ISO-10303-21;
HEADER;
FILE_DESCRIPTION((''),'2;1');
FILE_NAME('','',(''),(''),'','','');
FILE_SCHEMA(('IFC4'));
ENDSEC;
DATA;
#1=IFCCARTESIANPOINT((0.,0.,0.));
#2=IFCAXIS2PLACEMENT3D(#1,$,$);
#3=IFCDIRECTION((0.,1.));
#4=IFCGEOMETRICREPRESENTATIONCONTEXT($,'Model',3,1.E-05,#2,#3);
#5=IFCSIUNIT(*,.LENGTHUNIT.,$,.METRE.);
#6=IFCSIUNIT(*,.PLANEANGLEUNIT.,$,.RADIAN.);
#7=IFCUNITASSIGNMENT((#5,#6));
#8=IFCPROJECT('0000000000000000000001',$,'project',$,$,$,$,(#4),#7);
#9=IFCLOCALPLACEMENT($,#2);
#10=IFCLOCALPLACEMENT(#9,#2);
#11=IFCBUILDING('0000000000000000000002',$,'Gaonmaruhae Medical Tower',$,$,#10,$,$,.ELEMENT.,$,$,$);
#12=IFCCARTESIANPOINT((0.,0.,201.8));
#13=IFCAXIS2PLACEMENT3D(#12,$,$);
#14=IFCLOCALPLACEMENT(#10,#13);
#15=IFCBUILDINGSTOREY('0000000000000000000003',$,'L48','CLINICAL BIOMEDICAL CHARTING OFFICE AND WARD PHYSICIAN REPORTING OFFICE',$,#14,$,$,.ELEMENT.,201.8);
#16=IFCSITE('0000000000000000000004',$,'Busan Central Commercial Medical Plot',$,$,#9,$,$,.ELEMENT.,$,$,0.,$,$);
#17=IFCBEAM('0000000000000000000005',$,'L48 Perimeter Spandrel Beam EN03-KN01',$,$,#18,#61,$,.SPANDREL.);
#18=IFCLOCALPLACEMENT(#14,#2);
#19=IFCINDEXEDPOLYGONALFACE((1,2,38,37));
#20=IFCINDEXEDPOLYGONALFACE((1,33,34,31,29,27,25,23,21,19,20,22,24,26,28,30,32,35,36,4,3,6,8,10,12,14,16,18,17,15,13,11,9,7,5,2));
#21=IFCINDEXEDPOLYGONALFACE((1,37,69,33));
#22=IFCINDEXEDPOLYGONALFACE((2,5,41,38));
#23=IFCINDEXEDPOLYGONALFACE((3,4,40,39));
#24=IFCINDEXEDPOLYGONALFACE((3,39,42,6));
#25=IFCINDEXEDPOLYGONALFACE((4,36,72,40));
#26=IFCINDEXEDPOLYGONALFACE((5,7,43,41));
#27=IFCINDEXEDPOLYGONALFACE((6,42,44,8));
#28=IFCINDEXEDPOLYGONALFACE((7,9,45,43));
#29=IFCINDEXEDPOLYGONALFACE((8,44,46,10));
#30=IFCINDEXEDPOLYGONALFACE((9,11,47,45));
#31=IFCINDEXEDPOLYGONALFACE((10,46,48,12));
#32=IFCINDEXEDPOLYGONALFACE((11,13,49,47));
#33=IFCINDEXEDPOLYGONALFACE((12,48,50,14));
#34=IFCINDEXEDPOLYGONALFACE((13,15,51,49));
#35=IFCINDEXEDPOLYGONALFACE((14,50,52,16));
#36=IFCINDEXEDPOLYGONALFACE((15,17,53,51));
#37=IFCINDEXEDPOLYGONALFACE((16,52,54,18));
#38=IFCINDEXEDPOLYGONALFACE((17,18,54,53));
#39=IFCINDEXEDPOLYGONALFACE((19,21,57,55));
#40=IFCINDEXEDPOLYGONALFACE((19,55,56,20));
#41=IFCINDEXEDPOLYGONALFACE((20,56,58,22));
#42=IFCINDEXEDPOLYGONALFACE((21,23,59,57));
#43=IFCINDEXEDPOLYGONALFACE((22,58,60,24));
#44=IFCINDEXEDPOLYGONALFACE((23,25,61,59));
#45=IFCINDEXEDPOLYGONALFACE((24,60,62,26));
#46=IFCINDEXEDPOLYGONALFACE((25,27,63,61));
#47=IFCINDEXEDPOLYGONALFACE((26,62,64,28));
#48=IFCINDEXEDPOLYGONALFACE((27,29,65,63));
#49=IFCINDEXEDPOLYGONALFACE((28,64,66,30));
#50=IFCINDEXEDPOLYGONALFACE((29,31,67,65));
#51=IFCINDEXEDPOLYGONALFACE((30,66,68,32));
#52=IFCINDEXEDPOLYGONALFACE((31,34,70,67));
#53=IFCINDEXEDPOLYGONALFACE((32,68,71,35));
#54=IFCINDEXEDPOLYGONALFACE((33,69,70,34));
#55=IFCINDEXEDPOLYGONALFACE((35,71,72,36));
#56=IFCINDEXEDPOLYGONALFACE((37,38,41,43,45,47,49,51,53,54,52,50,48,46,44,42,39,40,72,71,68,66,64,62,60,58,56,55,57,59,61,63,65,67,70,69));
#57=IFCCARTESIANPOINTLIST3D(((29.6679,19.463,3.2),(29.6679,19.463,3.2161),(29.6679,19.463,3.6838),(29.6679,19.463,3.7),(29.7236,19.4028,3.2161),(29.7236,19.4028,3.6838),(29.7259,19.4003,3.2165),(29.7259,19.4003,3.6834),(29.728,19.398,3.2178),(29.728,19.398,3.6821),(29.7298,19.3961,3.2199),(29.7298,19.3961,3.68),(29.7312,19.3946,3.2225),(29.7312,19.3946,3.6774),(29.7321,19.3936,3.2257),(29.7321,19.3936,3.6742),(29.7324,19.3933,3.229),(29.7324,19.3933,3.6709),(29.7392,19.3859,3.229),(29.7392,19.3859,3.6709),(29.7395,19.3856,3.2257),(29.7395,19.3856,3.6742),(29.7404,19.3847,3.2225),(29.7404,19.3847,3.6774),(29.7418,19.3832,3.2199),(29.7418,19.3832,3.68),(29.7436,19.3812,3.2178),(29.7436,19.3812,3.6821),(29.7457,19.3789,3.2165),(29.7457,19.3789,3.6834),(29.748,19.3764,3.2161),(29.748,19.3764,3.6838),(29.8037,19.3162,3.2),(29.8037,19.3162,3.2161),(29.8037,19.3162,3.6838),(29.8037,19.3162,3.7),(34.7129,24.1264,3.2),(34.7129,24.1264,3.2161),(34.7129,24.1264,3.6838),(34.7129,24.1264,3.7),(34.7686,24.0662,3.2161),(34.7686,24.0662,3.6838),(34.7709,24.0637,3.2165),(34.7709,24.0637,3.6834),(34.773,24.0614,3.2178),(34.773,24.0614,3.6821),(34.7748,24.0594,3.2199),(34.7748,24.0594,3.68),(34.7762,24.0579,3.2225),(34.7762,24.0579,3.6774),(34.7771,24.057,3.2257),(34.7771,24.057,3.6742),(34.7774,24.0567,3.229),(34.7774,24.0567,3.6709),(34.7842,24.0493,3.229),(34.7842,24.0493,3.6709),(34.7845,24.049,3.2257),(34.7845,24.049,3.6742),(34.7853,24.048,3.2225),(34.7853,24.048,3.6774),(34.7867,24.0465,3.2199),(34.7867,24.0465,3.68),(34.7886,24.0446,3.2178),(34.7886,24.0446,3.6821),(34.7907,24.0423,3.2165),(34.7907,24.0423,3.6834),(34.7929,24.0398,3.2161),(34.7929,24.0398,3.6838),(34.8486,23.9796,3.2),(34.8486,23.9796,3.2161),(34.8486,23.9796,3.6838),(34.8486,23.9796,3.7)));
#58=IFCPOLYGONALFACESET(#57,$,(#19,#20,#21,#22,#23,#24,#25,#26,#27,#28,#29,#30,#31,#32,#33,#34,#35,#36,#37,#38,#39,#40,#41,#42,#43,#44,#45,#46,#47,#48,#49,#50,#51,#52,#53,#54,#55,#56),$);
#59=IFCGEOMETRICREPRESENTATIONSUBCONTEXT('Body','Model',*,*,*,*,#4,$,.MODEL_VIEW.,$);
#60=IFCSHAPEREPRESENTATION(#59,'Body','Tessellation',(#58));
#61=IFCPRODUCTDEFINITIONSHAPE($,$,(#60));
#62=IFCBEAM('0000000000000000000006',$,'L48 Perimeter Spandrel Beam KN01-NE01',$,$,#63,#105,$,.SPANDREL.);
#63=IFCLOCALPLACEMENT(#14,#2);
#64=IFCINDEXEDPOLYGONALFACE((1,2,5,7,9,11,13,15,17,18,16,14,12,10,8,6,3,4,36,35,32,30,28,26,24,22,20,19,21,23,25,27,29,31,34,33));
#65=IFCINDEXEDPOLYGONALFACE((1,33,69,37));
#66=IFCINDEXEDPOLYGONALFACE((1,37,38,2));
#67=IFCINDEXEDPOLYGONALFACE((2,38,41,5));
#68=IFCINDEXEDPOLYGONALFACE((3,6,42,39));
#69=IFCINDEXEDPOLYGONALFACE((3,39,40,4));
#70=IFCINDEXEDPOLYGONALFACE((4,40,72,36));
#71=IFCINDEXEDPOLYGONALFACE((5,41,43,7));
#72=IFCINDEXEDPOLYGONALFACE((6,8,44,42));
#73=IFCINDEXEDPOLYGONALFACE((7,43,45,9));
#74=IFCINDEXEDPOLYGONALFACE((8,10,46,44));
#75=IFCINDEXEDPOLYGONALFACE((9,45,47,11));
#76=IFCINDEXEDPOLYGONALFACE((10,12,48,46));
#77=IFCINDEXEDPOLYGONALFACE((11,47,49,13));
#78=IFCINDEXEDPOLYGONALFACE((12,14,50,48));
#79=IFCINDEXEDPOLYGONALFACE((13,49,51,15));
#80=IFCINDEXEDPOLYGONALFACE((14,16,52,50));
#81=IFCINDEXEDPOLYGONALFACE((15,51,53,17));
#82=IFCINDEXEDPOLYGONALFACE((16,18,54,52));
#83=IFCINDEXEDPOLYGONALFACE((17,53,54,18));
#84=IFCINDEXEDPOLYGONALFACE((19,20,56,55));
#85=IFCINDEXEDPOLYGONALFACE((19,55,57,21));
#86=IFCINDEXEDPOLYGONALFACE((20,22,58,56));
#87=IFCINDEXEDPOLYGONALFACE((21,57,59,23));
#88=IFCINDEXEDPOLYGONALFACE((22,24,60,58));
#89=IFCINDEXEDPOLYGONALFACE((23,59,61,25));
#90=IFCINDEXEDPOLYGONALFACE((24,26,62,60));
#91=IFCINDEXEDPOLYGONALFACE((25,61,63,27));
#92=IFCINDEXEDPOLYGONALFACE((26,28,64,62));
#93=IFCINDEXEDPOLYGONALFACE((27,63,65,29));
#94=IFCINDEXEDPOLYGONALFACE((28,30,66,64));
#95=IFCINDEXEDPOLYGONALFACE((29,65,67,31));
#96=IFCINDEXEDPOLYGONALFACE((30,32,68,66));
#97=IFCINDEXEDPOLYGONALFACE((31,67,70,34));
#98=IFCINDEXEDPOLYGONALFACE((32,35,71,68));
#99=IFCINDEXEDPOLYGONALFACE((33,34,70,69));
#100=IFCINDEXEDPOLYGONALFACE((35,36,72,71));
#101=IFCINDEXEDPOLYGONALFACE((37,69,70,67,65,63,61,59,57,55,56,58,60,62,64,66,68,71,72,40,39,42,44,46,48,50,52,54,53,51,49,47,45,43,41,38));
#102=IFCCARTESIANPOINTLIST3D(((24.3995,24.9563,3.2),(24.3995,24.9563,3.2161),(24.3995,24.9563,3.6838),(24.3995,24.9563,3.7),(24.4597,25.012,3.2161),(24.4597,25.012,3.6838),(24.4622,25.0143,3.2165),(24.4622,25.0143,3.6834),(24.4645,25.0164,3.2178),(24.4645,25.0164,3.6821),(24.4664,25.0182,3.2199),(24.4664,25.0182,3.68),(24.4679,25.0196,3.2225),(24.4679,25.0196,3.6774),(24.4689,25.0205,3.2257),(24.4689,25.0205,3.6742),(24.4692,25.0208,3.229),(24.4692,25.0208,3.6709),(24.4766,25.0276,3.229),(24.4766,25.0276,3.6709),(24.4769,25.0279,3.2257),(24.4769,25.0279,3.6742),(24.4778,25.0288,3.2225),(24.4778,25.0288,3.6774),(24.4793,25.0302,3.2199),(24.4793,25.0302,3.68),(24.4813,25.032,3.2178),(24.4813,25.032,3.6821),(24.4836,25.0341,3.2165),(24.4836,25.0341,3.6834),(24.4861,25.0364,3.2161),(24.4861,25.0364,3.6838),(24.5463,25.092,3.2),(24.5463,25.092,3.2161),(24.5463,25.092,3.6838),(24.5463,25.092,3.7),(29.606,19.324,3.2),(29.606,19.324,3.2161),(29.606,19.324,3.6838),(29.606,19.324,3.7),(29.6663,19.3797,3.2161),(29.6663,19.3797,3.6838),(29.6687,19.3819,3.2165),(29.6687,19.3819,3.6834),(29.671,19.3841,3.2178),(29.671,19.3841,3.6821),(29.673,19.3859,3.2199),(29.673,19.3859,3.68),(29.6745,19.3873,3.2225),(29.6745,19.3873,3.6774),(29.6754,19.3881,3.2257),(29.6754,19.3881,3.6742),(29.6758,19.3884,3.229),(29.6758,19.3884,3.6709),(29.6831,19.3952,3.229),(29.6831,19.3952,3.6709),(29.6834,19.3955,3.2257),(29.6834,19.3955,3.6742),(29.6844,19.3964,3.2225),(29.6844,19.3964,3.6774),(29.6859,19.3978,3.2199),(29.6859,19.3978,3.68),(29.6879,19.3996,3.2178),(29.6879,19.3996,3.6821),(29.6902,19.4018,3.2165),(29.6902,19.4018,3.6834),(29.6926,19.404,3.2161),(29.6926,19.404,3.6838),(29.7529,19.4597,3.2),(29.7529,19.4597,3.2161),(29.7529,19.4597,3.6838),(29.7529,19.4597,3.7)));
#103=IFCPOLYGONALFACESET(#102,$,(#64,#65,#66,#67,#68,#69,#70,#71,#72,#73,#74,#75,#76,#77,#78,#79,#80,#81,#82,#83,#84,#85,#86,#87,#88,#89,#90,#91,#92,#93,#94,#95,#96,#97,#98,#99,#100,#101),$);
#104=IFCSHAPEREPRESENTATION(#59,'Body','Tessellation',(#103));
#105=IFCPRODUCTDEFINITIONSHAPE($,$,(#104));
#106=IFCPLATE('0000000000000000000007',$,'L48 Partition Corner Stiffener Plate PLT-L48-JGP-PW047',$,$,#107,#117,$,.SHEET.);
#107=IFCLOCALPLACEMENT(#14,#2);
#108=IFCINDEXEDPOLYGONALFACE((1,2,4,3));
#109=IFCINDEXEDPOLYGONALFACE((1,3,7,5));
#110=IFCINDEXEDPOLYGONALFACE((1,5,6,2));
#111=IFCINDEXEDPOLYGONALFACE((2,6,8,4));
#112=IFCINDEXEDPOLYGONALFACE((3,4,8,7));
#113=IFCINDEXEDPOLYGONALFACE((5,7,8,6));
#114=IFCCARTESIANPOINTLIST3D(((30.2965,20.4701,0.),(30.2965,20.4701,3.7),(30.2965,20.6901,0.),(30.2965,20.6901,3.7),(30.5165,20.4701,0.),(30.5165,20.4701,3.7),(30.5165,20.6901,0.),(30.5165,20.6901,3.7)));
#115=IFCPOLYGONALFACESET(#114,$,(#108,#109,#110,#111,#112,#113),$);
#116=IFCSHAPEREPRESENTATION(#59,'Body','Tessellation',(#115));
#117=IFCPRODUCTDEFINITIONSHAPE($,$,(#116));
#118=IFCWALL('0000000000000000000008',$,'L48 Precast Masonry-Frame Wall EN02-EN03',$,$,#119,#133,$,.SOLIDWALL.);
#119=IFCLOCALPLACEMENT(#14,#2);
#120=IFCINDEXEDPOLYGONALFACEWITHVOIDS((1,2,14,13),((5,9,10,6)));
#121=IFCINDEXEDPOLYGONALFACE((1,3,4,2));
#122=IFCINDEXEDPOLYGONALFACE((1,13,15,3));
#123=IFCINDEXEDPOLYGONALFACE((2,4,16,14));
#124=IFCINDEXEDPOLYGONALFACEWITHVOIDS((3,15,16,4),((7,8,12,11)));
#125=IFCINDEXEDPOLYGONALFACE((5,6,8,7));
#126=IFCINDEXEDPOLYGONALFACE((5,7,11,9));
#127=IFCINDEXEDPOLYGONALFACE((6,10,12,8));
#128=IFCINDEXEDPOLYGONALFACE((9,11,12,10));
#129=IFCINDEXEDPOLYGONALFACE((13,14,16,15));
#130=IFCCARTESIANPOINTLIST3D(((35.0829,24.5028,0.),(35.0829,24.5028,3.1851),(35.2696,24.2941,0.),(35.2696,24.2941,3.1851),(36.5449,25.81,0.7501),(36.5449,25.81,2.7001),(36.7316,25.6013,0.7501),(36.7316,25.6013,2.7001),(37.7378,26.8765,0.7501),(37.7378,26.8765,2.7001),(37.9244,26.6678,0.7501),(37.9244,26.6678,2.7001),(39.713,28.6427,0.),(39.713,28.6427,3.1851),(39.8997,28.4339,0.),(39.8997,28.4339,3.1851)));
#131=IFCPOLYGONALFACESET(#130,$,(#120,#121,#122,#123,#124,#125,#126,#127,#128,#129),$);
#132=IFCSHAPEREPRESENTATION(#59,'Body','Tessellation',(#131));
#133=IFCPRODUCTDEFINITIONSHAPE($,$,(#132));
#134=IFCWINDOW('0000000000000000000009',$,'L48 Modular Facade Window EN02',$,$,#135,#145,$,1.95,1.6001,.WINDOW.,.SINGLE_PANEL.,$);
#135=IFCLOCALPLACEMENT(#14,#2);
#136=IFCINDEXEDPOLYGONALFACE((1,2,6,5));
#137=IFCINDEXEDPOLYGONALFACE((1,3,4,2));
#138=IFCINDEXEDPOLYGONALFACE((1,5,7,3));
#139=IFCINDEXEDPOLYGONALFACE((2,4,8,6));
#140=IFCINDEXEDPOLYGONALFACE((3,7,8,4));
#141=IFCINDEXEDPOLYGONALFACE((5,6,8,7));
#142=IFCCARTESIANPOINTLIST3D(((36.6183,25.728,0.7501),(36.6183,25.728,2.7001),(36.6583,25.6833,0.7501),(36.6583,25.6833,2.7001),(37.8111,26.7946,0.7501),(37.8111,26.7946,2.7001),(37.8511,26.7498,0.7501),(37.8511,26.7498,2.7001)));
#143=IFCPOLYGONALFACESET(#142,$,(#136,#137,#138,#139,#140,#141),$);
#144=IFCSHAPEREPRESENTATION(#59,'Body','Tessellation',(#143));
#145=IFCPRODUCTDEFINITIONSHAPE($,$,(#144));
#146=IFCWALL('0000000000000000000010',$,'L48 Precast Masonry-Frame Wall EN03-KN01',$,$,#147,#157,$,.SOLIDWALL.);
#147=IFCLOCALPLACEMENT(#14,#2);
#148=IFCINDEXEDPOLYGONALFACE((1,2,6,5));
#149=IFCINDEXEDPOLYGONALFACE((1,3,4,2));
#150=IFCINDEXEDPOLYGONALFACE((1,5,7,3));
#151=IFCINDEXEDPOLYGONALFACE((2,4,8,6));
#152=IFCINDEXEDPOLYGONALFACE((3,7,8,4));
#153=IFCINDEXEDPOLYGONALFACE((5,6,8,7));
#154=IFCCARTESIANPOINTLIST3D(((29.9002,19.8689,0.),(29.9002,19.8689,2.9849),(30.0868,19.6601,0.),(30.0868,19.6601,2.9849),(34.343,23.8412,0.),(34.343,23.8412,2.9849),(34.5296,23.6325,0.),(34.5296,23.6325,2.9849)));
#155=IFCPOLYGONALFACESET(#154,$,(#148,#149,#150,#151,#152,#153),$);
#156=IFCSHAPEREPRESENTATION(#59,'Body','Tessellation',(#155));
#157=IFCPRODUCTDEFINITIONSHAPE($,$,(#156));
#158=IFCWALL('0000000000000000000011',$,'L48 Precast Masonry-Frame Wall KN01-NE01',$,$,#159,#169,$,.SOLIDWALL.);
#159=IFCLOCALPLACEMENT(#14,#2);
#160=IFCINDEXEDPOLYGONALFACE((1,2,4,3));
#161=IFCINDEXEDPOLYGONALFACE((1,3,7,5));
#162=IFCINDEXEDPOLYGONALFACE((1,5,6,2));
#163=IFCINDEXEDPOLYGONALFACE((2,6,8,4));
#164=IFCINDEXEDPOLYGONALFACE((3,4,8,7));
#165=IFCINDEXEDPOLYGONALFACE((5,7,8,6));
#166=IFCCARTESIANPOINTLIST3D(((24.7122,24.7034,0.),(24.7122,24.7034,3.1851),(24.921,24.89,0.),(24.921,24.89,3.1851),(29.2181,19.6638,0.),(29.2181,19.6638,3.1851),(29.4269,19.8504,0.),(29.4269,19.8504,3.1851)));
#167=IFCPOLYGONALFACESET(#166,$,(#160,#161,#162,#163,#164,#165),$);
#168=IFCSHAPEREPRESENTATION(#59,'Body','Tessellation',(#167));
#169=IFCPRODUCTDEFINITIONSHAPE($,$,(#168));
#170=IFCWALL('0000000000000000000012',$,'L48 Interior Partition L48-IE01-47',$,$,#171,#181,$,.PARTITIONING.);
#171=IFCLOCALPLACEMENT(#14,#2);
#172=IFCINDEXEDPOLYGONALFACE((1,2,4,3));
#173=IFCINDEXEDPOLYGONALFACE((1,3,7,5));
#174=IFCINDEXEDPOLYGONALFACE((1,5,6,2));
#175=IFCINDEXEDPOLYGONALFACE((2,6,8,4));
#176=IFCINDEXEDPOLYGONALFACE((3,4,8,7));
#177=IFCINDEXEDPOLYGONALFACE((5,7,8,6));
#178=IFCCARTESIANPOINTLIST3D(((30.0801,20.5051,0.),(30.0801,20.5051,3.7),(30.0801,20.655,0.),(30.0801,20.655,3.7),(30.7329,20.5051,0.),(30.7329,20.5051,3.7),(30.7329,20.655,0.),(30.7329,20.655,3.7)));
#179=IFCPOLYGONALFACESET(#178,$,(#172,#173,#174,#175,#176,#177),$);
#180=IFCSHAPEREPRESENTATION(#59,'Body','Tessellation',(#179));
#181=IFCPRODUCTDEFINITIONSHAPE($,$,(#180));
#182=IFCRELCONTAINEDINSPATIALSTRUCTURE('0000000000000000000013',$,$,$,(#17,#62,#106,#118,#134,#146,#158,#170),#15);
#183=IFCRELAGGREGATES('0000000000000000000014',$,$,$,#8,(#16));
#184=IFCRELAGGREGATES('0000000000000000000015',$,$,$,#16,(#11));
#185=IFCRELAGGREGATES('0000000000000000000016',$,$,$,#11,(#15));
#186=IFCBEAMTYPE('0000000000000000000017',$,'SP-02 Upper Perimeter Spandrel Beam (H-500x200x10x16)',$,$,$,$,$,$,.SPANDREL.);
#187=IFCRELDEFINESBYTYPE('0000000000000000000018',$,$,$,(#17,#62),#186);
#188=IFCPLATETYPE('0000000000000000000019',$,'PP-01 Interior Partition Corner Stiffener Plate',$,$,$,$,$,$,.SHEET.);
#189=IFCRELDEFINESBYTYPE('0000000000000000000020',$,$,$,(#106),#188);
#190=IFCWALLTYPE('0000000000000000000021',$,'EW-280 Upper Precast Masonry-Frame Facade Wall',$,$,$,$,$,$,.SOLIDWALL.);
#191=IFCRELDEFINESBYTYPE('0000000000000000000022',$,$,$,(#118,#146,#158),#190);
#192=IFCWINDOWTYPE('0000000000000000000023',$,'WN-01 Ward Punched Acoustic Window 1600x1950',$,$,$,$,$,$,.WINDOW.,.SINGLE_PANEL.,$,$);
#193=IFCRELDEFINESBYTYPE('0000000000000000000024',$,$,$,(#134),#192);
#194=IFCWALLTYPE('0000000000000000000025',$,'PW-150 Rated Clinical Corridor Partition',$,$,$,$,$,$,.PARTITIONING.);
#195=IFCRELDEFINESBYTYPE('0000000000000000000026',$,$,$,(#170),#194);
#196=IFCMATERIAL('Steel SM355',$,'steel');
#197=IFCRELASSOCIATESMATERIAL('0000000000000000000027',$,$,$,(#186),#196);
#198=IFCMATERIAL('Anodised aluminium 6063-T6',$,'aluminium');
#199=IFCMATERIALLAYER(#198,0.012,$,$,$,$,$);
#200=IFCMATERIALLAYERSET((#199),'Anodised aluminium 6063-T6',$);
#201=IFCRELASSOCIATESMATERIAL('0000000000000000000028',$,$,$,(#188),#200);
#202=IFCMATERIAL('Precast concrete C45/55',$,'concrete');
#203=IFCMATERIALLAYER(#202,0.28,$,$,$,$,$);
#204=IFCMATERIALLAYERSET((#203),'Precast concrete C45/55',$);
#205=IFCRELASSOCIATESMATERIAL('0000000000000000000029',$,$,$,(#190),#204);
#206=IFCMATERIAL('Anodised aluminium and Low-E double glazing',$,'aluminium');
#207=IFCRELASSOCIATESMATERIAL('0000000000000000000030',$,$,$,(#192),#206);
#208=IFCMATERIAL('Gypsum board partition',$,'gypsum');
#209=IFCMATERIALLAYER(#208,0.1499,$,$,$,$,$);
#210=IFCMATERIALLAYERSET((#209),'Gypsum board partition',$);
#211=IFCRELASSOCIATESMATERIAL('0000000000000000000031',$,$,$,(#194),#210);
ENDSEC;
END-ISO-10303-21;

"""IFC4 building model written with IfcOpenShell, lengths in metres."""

from ifc_helpers import new_model, si_unit, direction, frame, frame_2d, origin, origin_2d, place, context, subcontext, project, spatial, rectangle, i_section, extrude, material, layer, layer_set, material_profile, profile_set, type_object, element, fill, save


model = new_model("IFC4")

# Units and contexts
model_context = context("Model", 3, precision=1e-05, world=origin(), true_north=direction((0.0, 1.0)))
body_context = subcontext(model_context, "Body", "Model", "MODEL_VIEW")
ifc_project = project(units=[si_unit("LENGTHUNIT", "METRE"), si_unit("PLANEANGLEUNIT", "RADIAN")], contexts=[model_context])

# Site, building, storey
site_placement = place(None, origin())
site = spatial("IfcSite", under=ifc_project, at=site_placement, Name="Busan Central Commercial Medical Plot", CompositionType="ELEMENT", RefElevation=0.0)
building_placement = place(site_placement, origin())
building = spatial("IfcBuilding", under=site, at=building_placement, Name="Gaonmaruhae Medical Tower", CompositionType="ELEMENT")
storey_placement = place(building_placement, frame((0.0, 0.0, 201.8)))
storey = spatial("IfcBuildingStorey", under=building, at=storey_placement, Name="L48", Description="CLINICAL BIOMEDICAL CHARTING OFFICE AND WARD PHYSICIAN REPORTING OFFICE", CompositionType="ELEMENT", Elevation=201.8)

# Beams
ifc_material_1 = material(Name="Steel SM355", Category="steel")
ifc_material_profile_1 = material_profile(ifc_material_1, i_section(OverallWidth=0.2, OverallDepth=0.5, WebThickness=0.01, FlangeThickness=0.0161, FilletRadius=0.0129, at=origin_2d()), Name="H-500x200x10x16")
ifc_profile_set_1 = profile_set([ifc_material_profile_1], Name="Steel SM355")
beam_type_1 = type_object("IfcBeamType", Name="SP-02 Upper Perimeter Spandrel Beam (H-500x200x10x16)", PredefinedType="SPANDREL", material=ifc_profile_set_1)
beam_1_placement = place(storey_placement, frame((34.7808, 24.053, 3.45), z_axis=(-0.734333, -0.678789, 0.0), x_axis=(0.678789, -0.734333, 0.0)))
element("IfcBeam", 1, at=beam_1_placement, inside=storey, type_object=beam_type_1, Name="L48 Perimeter Spandrel Beam EN03-KN01", PredefinedType="SPANDREL", context=body_context, shape_type="SweptSolid", body=[
    extrude(i_section(OverallWidth=0.2, OverallDepth=0.5, WebThickness=0.01, FlangeThickness=0.0161, FilletRadius=0.0129, at=origin_2d()), origin(), (0.0, 0.0, 1.0), 6.8701),
])
beam_2_placement = place(storey_placement, frame((29.6794, 19.3918, 3.45), z_axis=(-0.678806, 0.734318, 0.0), x_axis=(-0.734318, -0.678806, 0.0)))
element("IfcBeam", 2, at=beam_2_placement, inside=storey, type_object=beam_type_1, Name="L48 Perimeter Spandrel Beam KN01-NE01", PredefinedType="SPANDREL", context=body_context, shape_type="SweptSolid", body=[
    extrude(i_section(OverallWidth=0.2, OverallDepth=0.5, WebThickness=0.01, FlangeThickness=0.0161, FilletRadius=0.0129, at=origin_2d()), origin(), (0.0, 0.0, 1.0), 7.6702),
])

# Plate
ifc_material_2 = material(Name="Anodised aluminium 6063-T6", Category="aluminium")
ifc_layer_1 = layer(ifc_material_2, 0.012)
ifc_layer_set_1 = layer_set([ifc_layer_1], Name="Anodised aluminium 6063-T6")
plate_type = type_object("IfcPlateType", Name="PP-01 Interior Partition Corner Stiffener Plate", PredefinedType="SHEET", material=ifc_layer_set_1)
plate_placement = place(storey_placement, frame((30.4065, 20.5801, 0.0), z_axis=(0.0, 0.0, 1.0), x_axis=(-1.0, 0.0, 0.0)))
element("IfcPlate", 3, at=plate_placement, inside=storey, type_object=plate_type, Name="L48 Partition Corner Stiffener Plate PLT-L48-JGP-PW047", PredefinedType="SHEET", context=body_context, shape_type="SweptSolid", body=[
    extrude(rectangle(XDim=0.22, YDim=0.22, at=origin_2d()), origin(), (0.0, 0.0, 1.0), 3.7),
])

# Wall, opening, window
ifc_material_3 = material(Name="Precast concrete C45/55", Category="concrete")
ifc_layer_2 = layer(ifc_material_3, 0.28)
ifc_layer_set_2 = layer_set([ifc_layer_2], Name="Precast concrete C45/55")
wall_type_1 = type_object("IfcWallType", Name="EW-280 Upper Precast Masonry-Frame Facade Wall", PredefinedType="SOLIDWALL", material=ifc_layer_set_2)
wall_1_placement = place(storey_placement, frame((35.1763, 24.3984, 0.0), z_axis=(0.0, 0.0, 1.0), x_axis=(0.745469, 0.66654, 0.0)))
wall_1 = element("IfcWall", 4, at=wall_1_placement, inside=storey, type_object=wall_type_1, Name="L48 Precast Masonry-Frame Wall EN02-EN03", PredefinedType="SOLIDWALL", context=body_context, shape_type="SweptSolid", body=[
    extrude(rectangle(XDim=6.2109, YDim=0.28, at=frame_2d((3.1055, 0.0))), origin(), (0.0, 0.0, 1.0), 3.1851),
])
opening_placement = place(wall_1_placement, frame((1.9612, 0.0, 0.75)))
opening = element("IfcOpeningElement", 5, at=opening_placement, cuts=wall_1, PredefinedType="OPENING", context=body_context, shape_type="SweptSolid", body=[
    extrude(rectangle(XDim=1.6001, YDim=1.95, at=frame_2d((0.8, 0.9751))), frame((0.0, 0.1499, 0.0), z_axis=(0.0, -1.0, 0.0), x_axis=(1.0, 0.0, 0.0)), (0.0, 0.0, 1.0), 0.3),
])
ifc_material_4 = material(Name="Anodised aluminium and Low-E double glazing", Category="aluminium")
window_type = type_object("IfcWindowType", Name="WN-01 Ward Punched Acoustic Window 1600x1950", PartitioningType="SINGLE_PANEL", PredefinedType="WINDOW", material=ifc_material_4)
window_placement = place(opening_placement, origin())
window = element("IfcWindow", 6, at=window_placement, inside=storey, type_object=window_type, Name="L48 Modular Facade Window EN02", OverallHeight=1.95, OverallWidth=1.6001, PartitioningType="SINGLE_PANEL", PredefinedType="WINDOW", context=body_context, shape_type="SweptSolid", body=[
    extrude(rectangle(XDim=1.6001, YDim=1.95, at=frame_2d((0.8, 0.9751))), frame((0.0, 0.03, 0.0), z_axis=(0.0, -1.0, 0.0), x_axis=(1.0, 0.0, 0.0)), (0.0, 0.0, 1.0), 0.0601),
])
fill(opening, window)

# Walls
wall_2_placement = place(storey_placement, frame((29.9934, 19.7644, 0.0), z_axis=(0.0, 0.0, 1.0), x_axis=(0.745474, 0.666535, 0.0)))
element("IfcWall", 7, at=wall_2_placement, inside=storey, type_object=wall_type_1, Name="L48 Precast Masonry-Frame Wall EN03-KN01", PredefinedType="SOLIDWALL", context=body_context, shape_type="SweptSolid", body=[
    extrude(rectangle(XDim=5.9597, YDim=0.28, at=frame_2d((2.98, 0.0))), origin(), (0.0, 0.0, 1.0), 2.9849),
])
wall_3_placement = place(storey_placement, frame((29.3225, 19.7571, 0.0), z_axis=(0.0, 0.0, 1.0), x_axis=(-0.666531, 0.745477, 0.0)))
element("IfcWall", 8, at=wall_3_placement, inside=storey, type_object=wall_type_1, Name="L48 Precast Masonry-Frame Wall KN01-NE01", PredefinedType="SOLIDWALL", context=body_context, shape_type="SweptSolid", body=[
    extrude(rectangle(XDim=6.7603, YDim=0.28, at=frame_2d((3.3801, 0.0))), origin(), (0.0, 0.0, 1.0), 3.1851),
])
ifc_material_5 = material(Name="Gypsum board partition", Category="gypsum")
ifc_layer_3 = layer(ifc_material_5, 0.1499)
ifc_layer_set_3 = layer_set([ifc_layer_3], Name="Gypsum board partition")
wall_type_2 = type_object("IfcWallType", Name="PW-150 Rated Clinical Corridor Partition", PredefinedType="PARTITIONING", material=ifc_layer_set_3)
wall_4_placement = place(storey_placement, frame((30.7329, 20.5801, 0.0), z_axis=(0.0, 0.0, 1.0), x_axis=(-1.0, 0.0, 0.0)))
element("IfcWall", 9, at=wall_4_placement, inside=storey, type_object=wall_type_2, Name="L48 Interior Partition L48-IE01-47", PredefinedType="PARTITIONING", context=body_context, shape_type="SweptSolid", body=[
    extrude(rectangle(XDim=0.6528, YDim=0.1499, at=frame_2d((0.3264, 0.0))), origin(), (0.0, 0.0, 1.0), 3.7),
])

save(model, "model.ifc")
